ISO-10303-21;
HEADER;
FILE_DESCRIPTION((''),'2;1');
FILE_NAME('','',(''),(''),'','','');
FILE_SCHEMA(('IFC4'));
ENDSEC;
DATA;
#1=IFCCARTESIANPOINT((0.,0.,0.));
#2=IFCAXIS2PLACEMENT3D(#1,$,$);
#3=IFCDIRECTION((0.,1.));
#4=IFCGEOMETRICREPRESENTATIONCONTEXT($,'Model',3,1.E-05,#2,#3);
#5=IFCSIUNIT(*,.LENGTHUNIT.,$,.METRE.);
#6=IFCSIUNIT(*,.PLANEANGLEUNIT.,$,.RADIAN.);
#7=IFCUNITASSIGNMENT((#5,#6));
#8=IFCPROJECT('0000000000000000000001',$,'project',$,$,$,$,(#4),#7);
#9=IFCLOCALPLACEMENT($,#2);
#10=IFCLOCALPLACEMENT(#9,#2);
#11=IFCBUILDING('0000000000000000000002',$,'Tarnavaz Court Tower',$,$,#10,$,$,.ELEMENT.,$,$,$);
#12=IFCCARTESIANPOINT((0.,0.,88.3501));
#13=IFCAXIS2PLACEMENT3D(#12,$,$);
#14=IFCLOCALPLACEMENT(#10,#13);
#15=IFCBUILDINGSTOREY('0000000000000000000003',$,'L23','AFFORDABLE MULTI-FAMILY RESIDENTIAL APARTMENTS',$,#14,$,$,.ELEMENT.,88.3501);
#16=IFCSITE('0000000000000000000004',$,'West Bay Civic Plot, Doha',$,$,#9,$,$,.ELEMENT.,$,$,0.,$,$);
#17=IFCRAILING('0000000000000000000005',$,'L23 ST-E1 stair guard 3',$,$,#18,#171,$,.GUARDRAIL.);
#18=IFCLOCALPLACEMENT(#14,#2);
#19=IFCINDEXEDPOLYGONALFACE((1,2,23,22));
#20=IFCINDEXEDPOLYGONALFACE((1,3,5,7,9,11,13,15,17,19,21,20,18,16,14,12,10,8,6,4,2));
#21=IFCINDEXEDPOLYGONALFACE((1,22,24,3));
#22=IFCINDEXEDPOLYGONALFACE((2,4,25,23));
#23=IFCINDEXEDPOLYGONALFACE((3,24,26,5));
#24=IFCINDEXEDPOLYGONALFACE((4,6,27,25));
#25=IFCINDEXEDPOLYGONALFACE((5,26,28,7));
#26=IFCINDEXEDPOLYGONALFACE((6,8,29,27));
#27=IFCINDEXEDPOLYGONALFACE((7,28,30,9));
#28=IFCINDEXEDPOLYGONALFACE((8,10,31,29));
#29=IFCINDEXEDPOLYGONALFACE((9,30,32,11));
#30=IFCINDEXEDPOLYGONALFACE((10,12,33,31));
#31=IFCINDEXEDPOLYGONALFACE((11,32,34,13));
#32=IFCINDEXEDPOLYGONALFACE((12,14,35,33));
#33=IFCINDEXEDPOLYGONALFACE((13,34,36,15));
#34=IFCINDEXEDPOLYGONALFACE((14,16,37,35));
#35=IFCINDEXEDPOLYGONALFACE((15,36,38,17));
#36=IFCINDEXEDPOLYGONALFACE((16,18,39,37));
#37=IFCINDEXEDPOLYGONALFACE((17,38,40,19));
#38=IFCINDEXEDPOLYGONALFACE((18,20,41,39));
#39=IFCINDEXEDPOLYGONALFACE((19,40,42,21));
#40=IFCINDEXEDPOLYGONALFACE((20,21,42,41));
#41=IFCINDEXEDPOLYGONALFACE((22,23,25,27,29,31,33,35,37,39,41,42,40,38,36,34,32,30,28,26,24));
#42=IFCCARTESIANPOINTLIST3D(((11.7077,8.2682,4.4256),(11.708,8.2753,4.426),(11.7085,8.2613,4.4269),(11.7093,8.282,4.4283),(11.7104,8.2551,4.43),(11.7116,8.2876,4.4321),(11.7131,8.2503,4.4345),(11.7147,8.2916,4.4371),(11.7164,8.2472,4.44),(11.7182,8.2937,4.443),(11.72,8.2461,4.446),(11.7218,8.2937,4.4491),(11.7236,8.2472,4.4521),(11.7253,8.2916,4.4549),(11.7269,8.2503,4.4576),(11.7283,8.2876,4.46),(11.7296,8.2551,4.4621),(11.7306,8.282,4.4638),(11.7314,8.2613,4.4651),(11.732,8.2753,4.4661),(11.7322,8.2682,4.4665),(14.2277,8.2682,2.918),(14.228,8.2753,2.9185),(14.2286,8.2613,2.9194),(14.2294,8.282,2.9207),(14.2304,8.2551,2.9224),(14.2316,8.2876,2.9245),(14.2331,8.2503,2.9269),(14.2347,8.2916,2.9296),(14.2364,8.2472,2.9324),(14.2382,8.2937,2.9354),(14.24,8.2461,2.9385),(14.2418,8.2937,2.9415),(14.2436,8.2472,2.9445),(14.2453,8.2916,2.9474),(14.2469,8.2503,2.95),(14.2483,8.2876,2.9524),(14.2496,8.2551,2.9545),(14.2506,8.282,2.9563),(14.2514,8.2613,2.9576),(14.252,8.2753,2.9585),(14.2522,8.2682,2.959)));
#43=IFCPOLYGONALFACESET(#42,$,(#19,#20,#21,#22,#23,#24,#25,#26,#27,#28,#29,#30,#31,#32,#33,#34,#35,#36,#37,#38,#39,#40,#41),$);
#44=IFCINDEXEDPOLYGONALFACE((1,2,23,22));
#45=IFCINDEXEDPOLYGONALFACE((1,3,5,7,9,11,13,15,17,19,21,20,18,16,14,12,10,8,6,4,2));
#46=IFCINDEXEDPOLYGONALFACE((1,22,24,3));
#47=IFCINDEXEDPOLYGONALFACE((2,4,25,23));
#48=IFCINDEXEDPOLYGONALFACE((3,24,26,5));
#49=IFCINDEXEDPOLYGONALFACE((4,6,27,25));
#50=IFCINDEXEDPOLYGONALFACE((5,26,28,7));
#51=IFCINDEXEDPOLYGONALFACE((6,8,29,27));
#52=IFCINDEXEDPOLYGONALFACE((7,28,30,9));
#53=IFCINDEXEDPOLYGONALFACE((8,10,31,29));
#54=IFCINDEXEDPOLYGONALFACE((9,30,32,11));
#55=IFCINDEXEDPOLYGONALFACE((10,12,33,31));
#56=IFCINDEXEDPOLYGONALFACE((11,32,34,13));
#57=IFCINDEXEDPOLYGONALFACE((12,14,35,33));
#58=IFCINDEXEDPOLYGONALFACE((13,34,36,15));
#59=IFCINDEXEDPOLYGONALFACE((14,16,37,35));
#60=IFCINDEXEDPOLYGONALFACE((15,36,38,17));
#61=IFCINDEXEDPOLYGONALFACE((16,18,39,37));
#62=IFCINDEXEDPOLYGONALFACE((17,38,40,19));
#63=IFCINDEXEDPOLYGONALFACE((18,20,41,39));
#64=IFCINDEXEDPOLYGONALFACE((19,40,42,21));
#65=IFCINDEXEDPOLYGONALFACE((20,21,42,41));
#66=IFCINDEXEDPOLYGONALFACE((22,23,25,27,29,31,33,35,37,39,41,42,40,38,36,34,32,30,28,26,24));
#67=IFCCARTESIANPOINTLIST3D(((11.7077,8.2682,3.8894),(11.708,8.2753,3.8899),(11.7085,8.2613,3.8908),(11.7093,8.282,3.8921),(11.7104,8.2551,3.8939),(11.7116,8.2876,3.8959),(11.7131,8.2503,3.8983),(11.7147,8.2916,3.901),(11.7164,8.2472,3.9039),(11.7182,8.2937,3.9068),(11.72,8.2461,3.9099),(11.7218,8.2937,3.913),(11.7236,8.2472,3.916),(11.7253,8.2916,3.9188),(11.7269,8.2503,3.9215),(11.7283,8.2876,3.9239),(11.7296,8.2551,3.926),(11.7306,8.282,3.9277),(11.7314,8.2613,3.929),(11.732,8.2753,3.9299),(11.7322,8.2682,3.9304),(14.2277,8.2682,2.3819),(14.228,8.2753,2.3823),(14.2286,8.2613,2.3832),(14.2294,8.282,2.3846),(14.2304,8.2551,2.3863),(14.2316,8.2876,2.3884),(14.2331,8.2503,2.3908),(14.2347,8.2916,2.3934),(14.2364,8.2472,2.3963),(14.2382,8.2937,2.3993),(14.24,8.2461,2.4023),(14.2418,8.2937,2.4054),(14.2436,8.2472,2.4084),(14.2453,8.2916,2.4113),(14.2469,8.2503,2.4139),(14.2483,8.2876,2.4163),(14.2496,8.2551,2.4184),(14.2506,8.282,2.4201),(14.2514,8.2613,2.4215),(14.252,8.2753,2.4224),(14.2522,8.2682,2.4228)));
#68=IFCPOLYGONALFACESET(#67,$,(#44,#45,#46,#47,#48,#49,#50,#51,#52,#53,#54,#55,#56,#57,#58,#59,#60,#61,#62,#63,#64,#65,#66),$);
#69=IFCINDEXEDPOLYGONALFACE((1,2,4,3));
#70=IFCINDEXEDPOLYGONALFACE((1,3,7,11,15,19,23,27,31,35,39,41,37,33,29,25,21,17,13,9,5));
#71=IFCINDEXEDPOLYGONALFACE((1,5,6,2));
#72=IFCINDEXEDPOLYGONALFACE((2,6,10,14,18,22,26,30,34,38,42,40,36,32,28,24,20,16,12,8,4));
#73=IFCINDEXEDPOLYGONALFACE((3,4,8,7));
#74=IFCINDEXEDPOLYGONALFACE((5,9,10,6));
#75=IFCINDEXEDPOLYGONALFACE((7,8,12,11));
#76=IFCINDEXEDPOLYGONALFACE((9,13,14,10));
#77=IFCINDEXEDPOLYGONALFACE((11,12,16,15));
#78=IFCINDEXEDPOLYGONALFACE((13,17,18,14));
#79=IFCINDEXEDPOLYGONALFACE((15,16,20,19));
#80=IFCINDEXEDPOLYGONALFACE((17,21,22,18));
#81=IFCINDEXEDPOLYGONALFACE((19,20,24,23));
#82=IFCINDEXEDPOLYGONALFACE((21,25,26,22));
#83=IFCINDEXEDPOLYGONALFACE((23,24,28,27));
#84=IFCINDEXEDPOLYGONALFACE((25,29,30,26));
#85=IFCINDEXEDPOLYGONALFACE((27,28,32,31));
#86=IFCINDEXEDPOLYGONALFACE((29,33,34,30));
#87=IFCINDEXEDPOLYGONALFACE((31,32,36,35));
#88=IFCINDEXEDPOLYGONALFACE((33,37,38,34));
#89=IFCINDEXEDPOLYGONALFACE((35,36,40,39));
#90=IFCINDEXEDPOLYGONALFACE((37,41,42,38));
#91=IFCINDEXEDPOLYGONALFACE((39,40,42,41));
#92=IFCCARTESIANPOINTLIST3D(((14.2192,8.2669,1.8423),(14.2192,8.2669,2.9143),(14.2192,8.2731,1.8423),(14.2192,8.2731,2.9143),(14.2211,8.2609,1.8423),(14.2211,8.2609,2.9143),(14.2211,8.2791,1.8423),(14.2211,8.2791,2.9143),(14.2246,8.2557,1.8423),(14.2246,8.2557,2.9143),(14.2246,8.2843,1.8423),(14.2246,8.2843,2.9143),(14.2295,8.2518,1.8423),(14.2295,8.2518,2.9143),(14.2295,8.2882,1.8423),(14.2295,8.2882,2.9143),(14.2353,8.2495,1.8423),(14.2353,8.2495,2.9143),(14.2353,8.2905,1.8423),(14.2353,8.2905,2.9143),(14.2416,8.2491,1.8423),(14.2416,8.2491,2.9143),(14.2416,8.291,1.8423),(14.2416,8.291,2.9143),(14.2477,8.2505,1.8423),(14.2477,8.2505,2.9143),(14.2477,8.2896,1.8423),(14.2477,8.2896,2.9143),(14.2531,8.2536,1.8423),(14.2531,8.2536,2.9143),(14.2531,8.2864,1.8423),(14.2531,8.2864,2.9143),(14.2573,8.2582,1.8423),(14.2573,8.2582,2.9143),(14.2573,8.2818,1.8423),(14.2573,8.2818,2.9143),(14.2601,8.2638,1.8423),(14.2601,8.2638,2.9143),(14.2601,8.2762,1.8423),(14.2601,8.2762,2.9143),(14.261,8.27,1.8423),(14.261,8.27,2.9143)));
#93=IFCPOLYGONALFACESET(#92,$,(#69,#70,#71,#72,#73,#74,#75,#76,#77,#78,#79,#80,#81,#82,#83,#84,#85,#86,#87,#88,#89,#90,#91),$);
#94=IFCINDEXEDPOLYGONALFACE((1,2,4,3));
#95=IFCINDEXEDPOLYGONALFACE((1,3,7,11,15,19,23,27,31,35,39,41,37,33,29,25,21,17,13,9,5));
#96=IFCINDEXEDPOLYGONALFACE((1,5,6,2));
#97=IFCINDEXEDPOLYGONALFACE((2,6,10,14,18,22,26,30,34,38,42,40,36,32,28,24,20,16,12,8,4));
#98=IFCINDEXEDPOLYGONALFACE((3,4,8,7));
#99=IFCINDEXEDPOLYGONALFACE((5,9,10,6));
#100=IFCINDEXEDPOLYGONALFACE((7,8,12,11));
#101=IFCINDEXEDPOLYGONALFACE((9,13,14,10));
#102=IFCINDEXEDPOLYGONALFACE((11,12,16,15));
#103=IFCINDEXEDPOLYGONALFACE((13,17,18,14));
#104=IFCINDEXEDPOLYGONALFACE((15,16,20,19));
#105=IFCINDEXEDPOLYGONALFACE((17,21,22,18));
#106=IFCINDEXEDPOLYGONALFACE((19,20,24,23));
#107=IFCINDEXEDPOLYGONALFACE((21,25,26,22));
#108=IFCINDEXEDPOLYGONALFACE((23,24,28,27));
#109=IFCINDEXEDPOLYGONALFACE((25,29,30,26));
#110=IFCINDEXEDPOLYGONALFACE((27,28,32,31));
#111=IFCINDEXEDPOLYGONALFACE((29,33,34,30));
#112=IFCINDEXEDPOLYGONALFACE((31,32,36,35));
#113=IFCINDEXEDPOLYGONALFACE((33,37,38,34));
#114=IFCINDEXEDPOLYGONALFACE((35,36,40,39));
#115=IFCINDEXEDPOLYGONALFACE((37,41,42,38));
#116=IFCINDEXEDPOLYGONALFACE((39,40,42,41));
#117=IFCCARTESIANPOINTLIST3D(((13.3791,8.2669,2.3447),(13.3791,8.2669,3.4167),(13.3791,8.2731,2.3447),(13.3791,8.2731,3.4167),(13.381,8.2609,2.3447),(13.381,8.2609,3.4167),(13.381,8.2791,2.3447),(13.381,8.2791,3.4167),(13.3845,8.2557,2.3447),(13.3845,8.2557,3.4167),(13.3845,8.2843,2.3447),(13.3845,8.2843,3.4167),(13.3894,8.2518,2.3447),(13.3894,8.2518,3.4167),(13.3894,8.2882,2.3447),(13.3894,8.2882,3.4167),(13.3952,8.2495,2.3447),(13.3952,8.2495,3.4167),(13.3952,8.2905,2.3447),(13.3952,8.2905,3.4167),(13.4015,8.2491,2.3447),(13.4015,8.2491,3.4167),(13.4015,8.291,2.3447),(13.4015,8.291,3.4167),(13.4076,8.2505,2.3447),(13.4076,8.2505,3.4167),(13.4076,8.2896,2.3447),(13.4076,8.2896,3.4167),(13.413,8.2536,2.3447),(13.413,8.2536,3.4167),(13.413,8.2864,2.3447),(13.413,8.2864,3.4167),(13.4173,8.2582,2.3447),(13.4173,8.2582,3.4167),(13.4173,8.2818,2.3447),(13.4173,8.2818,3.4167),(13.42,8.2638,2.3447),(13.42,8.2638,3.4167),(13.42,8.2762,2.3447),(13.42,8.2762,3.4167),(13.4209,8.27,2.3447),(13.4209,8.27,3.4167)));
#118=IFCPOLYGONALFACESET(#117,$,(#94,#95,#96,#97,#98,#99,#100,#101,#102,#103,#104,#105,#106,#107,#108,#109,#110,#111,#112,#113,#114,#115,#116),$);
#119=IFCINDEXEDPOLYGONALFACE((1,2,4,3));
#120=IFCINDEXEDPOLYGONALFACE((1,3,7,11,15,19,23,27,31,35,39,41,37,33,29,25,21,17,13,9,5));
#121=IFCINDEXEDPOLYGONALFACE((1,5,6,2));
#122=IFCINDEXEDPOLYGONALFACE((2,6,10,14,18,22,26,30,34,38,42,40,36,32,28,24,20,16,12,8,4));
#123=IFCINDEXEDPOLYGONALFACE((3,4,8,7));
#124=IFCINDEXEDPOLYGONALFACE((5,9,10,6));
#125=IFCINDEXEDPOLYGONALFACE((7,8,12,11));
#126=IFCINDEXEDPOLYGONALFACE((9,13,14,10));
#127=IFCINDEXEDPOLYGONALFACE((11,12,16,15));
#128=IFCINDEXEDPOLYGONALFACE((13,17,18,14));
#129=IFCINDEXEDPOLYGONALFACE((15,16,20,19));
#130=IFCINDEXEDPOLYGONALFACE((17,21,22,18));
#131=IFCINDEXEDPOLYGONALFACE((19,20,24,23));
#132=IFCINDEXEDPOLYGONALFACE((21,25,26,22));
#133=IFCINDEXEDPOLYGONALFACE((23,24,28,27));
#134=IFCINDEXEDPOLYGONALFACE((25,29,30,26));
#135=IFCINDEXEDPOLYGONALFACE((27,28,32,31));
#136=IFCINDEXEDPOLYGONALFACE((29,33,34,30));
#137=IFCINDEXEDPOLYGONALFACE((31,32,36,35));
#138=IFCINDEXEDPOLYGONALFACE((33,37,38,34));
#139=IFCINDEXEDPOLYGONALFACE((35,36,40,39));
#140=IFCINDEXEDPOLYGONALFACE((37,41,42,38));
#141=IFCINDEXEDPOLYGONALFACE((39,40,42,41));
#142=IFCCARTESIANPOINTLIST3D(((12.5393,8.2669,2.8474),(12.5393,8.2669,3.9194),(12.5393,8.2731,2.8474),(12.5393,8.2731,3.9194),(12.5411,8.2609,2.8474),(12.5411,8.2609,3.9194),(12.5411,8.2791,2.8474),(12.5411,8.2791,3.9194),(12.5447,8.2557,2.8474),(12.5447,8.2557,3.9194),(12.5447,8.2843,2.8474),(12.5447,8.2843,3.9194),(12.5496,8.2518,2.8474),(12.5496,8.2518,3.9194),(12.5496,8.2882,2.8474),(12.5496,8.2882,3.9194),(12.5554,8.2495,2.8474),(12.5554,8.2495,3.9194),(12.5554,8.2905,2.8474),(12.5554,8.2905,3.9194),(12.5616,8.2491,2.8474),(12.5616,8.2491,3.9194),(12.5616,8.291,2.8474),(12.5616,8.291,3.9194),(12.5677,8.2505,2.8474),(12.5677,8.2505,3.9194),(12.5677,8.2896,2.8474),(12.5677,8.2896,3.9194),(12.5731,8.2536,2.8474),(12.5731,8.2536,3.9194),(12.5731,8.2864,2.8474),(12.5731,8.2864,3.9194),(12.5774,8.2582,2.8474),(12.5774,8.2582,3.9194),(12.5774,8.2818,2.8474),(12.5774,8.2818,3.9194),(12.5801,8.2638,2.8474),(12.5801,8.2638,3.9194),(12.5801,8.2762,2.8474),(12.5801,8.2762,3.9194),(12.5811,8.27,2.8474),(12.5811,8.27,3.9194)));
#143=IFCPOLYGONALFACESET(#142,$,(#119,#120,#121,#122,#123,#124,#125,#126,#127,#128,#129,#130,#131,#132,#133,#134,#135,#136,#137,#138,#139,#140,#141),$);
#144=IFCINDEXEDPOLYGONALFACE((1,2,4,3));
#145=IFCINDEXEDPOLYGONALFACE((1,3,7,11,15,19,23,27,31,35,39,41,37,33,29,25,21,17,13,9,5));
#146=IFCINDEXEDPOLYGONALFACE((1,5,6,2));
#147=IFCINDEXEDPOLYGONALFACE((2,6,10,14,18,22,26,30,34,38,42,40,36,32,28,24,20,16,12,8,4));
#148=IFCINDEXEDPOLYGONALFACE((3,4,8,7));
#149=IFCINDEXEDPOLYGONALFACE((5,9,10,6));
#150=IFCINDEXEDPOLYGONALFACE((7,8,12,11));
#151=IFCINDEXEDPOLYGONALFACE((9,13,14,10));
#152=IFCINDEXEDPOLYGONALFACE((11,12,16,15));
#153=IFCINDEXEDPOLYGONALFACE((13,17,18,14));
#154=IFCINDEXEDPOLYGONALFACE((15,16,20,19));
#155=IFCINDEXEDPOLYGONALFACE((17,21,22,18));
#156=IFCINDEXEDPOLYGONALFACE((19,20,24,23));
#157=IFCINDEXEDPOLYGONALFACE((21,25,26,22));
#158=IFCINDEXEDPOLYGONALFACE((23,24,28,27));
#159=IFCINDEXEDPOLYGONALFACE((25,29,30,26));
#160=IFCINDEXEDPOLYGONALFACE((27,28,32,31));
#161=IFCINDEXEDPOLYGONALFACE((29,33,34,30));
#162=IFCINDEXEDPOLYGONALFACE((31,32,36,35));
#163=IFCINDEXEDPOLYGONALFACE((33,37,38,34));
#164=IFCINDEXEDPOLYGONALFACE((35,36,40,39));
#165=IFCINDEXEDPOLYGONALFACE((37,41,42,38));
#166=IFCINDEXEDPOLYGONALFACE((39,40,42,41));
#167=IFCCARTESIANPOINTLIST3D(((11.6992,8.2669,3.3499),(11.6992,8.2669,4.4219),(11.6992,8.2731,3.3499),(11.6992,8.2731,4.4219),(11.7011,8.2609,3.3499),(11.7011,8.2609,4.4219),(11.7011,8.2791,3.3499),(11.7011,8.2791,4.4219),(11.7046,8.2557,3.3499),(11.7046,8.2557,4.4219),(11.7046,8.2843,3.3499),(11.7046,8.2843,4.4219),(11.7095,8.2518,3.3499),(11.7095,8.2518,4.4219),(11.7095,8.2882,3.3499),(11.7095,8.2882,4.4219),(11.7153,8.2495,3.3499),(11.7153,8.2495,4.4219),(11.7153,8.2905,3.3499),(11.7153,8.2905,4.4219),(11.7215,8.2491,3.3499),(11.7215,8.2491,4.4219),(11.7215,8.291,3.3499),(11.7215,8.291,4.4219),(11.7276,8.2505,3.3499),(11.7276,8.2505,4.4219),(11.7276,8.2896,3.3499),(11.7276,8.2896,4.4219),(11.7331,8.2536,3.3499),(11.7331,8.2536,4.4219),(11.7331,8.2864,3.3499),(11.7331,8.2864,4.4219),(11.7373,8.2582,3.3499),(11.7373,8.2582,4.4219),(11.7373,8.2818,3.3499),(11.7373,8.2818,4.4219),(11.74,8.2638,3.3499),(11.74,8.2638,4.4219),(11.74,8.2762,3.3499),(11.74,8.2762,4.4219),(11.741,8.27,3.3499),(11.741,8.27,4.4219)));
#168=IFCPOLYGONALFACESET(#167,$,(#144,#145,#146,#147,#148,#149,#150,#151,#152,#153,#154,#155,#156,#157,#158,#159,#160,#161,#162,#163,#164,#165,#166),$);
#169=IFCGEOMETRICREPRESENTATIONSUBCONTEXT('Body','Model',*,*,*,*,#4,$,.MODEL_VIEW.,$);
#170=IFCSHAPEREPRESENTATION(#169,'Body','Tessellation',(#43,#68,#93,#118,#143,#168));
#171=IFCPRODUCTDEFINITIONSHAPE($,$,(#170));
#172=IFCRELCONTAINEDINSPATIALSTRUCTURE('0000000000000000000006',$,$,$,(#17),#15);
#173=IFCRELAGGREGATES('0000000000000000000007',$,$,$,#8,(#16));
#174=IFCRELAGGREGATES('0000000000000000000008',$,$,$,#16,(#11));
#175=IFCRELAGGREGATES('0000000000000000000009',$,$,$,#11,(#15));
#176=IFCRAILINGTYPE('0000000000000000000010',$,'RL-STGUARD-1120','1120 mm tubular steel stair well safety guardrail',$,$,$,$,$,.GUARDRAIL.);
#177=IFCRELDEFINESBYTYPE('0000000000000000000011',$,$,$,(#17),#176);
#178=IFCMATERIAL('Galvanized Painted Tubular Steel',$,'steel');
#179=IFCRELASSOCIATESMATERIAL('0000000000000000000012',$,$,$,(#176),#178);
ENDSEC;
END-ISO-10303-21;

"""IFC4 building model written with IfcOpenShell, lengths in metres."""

from ifc_helpers import new_model, si_unit, direction, frame, origin, origin_2d, place, context, subcontext, project, spatial, circle, extrude, material, type_object, element, save


model = new_model("IFC4")

# Units and contexts
model_context = context("Model", 3, precision=1e-05, world=origin(), true_north=direction((0.0, 1.0)))
body_context = subcontext(model_context, "Body", "Model", "MODEL_VIEW")
ifc_project = project(units=[si_unit("LENGTHUNIT", "METRE"), si_unit("PLANEANGLEUNIT", "RADIAN")], contexts=[model_context])

# Site, building, storey
site_placement = place(None, origin())
site = spatial("IfcSite", under=ifc_project, at=site_placement, Name="West Bay Civic Plot, Doha", CompositionType="ELEMENT", RefElevation=0.0)
building_placement = place(site_placement, origin())
building = spatial("IfcBuilding", under=site, at=building_placement, Name="Tarnavaz Court Tower", CompositionType="ELEMENT")
storey_placement = place(building_placement, frame((0.0, 0.0, 88.3501)))
storey = spatial("IfcBuildingStorey", under=building, at=storey_placement, Name="L23", Description="AFFORDABLE MULTI-FAMILY RESIDENTIAL APARTMENTS", CompositionType="ELEMENT", Elevation=88.3501)

# Railing
ifc_material_1 = material(Name="Galvanized Painted Tubular Steel", Category="steel")
railing_type_1 = type_object("IfcRailingType", Name="RL-STGUARD-1120", Description="1120 mm tubular steel stair well safety guardrail", PredefinedType="GUARDRAIL", material=ifc_material_1)
railing_1_placement = place(storey_placement, frame((14.24, 8.27, 1.8423)))
element("IfcRailing", 1, at=railing_1_placement, inside=storey, type_object=railing_type_1, Name="L23 ST-E1 stair guard 3", PredefinedType="GUARDRAIL", context=body_context, shape_type="SweptSolid", body=[
    extrude(circle(Radius=0.0239, at=origin_2d()), frame((0.0, 0.0, 1.0962), z_axis=(-0.85816, 0.0, 0.513383), x_axis=(0.0, -1.0, 0.0)), (0.0, 0.0, 1.0), 2.9365),
    extrude(circle(Radius=0.0239, at=origin_2d()), frame((0.0, 0.0, 0.5601), z_axis=(-0.85816, 0.0, 0.513383), x_axis=(0.0, -1.0, 0.0)), (0.0, 0.0, 1.0), 2.9365),
    extrude(circle(Radius=0.021, at=origin_2d()), origin(), (0.0, 0.0, 1.0), 1.072),
    extrude(circle(Radius=0.021, at=origin_2d()), frame((-0.8401, 0.0, 0.5024)), (0.0, 0.0, 1.0), 1.072),
    extrude(circle(Radius=0.021, at=origin_2d()), frame((-1.6799, 0.0, 1.0051)), (0.0, 0.0, 1.0), 1.072),
    extrude(circle(Radius=0.021, at=origin_2d()), frame((-2.52, 0.0, 1.5076)), (0.0, 0.0, 1.0), 1.072),
])

save(model, "model.ifc")
